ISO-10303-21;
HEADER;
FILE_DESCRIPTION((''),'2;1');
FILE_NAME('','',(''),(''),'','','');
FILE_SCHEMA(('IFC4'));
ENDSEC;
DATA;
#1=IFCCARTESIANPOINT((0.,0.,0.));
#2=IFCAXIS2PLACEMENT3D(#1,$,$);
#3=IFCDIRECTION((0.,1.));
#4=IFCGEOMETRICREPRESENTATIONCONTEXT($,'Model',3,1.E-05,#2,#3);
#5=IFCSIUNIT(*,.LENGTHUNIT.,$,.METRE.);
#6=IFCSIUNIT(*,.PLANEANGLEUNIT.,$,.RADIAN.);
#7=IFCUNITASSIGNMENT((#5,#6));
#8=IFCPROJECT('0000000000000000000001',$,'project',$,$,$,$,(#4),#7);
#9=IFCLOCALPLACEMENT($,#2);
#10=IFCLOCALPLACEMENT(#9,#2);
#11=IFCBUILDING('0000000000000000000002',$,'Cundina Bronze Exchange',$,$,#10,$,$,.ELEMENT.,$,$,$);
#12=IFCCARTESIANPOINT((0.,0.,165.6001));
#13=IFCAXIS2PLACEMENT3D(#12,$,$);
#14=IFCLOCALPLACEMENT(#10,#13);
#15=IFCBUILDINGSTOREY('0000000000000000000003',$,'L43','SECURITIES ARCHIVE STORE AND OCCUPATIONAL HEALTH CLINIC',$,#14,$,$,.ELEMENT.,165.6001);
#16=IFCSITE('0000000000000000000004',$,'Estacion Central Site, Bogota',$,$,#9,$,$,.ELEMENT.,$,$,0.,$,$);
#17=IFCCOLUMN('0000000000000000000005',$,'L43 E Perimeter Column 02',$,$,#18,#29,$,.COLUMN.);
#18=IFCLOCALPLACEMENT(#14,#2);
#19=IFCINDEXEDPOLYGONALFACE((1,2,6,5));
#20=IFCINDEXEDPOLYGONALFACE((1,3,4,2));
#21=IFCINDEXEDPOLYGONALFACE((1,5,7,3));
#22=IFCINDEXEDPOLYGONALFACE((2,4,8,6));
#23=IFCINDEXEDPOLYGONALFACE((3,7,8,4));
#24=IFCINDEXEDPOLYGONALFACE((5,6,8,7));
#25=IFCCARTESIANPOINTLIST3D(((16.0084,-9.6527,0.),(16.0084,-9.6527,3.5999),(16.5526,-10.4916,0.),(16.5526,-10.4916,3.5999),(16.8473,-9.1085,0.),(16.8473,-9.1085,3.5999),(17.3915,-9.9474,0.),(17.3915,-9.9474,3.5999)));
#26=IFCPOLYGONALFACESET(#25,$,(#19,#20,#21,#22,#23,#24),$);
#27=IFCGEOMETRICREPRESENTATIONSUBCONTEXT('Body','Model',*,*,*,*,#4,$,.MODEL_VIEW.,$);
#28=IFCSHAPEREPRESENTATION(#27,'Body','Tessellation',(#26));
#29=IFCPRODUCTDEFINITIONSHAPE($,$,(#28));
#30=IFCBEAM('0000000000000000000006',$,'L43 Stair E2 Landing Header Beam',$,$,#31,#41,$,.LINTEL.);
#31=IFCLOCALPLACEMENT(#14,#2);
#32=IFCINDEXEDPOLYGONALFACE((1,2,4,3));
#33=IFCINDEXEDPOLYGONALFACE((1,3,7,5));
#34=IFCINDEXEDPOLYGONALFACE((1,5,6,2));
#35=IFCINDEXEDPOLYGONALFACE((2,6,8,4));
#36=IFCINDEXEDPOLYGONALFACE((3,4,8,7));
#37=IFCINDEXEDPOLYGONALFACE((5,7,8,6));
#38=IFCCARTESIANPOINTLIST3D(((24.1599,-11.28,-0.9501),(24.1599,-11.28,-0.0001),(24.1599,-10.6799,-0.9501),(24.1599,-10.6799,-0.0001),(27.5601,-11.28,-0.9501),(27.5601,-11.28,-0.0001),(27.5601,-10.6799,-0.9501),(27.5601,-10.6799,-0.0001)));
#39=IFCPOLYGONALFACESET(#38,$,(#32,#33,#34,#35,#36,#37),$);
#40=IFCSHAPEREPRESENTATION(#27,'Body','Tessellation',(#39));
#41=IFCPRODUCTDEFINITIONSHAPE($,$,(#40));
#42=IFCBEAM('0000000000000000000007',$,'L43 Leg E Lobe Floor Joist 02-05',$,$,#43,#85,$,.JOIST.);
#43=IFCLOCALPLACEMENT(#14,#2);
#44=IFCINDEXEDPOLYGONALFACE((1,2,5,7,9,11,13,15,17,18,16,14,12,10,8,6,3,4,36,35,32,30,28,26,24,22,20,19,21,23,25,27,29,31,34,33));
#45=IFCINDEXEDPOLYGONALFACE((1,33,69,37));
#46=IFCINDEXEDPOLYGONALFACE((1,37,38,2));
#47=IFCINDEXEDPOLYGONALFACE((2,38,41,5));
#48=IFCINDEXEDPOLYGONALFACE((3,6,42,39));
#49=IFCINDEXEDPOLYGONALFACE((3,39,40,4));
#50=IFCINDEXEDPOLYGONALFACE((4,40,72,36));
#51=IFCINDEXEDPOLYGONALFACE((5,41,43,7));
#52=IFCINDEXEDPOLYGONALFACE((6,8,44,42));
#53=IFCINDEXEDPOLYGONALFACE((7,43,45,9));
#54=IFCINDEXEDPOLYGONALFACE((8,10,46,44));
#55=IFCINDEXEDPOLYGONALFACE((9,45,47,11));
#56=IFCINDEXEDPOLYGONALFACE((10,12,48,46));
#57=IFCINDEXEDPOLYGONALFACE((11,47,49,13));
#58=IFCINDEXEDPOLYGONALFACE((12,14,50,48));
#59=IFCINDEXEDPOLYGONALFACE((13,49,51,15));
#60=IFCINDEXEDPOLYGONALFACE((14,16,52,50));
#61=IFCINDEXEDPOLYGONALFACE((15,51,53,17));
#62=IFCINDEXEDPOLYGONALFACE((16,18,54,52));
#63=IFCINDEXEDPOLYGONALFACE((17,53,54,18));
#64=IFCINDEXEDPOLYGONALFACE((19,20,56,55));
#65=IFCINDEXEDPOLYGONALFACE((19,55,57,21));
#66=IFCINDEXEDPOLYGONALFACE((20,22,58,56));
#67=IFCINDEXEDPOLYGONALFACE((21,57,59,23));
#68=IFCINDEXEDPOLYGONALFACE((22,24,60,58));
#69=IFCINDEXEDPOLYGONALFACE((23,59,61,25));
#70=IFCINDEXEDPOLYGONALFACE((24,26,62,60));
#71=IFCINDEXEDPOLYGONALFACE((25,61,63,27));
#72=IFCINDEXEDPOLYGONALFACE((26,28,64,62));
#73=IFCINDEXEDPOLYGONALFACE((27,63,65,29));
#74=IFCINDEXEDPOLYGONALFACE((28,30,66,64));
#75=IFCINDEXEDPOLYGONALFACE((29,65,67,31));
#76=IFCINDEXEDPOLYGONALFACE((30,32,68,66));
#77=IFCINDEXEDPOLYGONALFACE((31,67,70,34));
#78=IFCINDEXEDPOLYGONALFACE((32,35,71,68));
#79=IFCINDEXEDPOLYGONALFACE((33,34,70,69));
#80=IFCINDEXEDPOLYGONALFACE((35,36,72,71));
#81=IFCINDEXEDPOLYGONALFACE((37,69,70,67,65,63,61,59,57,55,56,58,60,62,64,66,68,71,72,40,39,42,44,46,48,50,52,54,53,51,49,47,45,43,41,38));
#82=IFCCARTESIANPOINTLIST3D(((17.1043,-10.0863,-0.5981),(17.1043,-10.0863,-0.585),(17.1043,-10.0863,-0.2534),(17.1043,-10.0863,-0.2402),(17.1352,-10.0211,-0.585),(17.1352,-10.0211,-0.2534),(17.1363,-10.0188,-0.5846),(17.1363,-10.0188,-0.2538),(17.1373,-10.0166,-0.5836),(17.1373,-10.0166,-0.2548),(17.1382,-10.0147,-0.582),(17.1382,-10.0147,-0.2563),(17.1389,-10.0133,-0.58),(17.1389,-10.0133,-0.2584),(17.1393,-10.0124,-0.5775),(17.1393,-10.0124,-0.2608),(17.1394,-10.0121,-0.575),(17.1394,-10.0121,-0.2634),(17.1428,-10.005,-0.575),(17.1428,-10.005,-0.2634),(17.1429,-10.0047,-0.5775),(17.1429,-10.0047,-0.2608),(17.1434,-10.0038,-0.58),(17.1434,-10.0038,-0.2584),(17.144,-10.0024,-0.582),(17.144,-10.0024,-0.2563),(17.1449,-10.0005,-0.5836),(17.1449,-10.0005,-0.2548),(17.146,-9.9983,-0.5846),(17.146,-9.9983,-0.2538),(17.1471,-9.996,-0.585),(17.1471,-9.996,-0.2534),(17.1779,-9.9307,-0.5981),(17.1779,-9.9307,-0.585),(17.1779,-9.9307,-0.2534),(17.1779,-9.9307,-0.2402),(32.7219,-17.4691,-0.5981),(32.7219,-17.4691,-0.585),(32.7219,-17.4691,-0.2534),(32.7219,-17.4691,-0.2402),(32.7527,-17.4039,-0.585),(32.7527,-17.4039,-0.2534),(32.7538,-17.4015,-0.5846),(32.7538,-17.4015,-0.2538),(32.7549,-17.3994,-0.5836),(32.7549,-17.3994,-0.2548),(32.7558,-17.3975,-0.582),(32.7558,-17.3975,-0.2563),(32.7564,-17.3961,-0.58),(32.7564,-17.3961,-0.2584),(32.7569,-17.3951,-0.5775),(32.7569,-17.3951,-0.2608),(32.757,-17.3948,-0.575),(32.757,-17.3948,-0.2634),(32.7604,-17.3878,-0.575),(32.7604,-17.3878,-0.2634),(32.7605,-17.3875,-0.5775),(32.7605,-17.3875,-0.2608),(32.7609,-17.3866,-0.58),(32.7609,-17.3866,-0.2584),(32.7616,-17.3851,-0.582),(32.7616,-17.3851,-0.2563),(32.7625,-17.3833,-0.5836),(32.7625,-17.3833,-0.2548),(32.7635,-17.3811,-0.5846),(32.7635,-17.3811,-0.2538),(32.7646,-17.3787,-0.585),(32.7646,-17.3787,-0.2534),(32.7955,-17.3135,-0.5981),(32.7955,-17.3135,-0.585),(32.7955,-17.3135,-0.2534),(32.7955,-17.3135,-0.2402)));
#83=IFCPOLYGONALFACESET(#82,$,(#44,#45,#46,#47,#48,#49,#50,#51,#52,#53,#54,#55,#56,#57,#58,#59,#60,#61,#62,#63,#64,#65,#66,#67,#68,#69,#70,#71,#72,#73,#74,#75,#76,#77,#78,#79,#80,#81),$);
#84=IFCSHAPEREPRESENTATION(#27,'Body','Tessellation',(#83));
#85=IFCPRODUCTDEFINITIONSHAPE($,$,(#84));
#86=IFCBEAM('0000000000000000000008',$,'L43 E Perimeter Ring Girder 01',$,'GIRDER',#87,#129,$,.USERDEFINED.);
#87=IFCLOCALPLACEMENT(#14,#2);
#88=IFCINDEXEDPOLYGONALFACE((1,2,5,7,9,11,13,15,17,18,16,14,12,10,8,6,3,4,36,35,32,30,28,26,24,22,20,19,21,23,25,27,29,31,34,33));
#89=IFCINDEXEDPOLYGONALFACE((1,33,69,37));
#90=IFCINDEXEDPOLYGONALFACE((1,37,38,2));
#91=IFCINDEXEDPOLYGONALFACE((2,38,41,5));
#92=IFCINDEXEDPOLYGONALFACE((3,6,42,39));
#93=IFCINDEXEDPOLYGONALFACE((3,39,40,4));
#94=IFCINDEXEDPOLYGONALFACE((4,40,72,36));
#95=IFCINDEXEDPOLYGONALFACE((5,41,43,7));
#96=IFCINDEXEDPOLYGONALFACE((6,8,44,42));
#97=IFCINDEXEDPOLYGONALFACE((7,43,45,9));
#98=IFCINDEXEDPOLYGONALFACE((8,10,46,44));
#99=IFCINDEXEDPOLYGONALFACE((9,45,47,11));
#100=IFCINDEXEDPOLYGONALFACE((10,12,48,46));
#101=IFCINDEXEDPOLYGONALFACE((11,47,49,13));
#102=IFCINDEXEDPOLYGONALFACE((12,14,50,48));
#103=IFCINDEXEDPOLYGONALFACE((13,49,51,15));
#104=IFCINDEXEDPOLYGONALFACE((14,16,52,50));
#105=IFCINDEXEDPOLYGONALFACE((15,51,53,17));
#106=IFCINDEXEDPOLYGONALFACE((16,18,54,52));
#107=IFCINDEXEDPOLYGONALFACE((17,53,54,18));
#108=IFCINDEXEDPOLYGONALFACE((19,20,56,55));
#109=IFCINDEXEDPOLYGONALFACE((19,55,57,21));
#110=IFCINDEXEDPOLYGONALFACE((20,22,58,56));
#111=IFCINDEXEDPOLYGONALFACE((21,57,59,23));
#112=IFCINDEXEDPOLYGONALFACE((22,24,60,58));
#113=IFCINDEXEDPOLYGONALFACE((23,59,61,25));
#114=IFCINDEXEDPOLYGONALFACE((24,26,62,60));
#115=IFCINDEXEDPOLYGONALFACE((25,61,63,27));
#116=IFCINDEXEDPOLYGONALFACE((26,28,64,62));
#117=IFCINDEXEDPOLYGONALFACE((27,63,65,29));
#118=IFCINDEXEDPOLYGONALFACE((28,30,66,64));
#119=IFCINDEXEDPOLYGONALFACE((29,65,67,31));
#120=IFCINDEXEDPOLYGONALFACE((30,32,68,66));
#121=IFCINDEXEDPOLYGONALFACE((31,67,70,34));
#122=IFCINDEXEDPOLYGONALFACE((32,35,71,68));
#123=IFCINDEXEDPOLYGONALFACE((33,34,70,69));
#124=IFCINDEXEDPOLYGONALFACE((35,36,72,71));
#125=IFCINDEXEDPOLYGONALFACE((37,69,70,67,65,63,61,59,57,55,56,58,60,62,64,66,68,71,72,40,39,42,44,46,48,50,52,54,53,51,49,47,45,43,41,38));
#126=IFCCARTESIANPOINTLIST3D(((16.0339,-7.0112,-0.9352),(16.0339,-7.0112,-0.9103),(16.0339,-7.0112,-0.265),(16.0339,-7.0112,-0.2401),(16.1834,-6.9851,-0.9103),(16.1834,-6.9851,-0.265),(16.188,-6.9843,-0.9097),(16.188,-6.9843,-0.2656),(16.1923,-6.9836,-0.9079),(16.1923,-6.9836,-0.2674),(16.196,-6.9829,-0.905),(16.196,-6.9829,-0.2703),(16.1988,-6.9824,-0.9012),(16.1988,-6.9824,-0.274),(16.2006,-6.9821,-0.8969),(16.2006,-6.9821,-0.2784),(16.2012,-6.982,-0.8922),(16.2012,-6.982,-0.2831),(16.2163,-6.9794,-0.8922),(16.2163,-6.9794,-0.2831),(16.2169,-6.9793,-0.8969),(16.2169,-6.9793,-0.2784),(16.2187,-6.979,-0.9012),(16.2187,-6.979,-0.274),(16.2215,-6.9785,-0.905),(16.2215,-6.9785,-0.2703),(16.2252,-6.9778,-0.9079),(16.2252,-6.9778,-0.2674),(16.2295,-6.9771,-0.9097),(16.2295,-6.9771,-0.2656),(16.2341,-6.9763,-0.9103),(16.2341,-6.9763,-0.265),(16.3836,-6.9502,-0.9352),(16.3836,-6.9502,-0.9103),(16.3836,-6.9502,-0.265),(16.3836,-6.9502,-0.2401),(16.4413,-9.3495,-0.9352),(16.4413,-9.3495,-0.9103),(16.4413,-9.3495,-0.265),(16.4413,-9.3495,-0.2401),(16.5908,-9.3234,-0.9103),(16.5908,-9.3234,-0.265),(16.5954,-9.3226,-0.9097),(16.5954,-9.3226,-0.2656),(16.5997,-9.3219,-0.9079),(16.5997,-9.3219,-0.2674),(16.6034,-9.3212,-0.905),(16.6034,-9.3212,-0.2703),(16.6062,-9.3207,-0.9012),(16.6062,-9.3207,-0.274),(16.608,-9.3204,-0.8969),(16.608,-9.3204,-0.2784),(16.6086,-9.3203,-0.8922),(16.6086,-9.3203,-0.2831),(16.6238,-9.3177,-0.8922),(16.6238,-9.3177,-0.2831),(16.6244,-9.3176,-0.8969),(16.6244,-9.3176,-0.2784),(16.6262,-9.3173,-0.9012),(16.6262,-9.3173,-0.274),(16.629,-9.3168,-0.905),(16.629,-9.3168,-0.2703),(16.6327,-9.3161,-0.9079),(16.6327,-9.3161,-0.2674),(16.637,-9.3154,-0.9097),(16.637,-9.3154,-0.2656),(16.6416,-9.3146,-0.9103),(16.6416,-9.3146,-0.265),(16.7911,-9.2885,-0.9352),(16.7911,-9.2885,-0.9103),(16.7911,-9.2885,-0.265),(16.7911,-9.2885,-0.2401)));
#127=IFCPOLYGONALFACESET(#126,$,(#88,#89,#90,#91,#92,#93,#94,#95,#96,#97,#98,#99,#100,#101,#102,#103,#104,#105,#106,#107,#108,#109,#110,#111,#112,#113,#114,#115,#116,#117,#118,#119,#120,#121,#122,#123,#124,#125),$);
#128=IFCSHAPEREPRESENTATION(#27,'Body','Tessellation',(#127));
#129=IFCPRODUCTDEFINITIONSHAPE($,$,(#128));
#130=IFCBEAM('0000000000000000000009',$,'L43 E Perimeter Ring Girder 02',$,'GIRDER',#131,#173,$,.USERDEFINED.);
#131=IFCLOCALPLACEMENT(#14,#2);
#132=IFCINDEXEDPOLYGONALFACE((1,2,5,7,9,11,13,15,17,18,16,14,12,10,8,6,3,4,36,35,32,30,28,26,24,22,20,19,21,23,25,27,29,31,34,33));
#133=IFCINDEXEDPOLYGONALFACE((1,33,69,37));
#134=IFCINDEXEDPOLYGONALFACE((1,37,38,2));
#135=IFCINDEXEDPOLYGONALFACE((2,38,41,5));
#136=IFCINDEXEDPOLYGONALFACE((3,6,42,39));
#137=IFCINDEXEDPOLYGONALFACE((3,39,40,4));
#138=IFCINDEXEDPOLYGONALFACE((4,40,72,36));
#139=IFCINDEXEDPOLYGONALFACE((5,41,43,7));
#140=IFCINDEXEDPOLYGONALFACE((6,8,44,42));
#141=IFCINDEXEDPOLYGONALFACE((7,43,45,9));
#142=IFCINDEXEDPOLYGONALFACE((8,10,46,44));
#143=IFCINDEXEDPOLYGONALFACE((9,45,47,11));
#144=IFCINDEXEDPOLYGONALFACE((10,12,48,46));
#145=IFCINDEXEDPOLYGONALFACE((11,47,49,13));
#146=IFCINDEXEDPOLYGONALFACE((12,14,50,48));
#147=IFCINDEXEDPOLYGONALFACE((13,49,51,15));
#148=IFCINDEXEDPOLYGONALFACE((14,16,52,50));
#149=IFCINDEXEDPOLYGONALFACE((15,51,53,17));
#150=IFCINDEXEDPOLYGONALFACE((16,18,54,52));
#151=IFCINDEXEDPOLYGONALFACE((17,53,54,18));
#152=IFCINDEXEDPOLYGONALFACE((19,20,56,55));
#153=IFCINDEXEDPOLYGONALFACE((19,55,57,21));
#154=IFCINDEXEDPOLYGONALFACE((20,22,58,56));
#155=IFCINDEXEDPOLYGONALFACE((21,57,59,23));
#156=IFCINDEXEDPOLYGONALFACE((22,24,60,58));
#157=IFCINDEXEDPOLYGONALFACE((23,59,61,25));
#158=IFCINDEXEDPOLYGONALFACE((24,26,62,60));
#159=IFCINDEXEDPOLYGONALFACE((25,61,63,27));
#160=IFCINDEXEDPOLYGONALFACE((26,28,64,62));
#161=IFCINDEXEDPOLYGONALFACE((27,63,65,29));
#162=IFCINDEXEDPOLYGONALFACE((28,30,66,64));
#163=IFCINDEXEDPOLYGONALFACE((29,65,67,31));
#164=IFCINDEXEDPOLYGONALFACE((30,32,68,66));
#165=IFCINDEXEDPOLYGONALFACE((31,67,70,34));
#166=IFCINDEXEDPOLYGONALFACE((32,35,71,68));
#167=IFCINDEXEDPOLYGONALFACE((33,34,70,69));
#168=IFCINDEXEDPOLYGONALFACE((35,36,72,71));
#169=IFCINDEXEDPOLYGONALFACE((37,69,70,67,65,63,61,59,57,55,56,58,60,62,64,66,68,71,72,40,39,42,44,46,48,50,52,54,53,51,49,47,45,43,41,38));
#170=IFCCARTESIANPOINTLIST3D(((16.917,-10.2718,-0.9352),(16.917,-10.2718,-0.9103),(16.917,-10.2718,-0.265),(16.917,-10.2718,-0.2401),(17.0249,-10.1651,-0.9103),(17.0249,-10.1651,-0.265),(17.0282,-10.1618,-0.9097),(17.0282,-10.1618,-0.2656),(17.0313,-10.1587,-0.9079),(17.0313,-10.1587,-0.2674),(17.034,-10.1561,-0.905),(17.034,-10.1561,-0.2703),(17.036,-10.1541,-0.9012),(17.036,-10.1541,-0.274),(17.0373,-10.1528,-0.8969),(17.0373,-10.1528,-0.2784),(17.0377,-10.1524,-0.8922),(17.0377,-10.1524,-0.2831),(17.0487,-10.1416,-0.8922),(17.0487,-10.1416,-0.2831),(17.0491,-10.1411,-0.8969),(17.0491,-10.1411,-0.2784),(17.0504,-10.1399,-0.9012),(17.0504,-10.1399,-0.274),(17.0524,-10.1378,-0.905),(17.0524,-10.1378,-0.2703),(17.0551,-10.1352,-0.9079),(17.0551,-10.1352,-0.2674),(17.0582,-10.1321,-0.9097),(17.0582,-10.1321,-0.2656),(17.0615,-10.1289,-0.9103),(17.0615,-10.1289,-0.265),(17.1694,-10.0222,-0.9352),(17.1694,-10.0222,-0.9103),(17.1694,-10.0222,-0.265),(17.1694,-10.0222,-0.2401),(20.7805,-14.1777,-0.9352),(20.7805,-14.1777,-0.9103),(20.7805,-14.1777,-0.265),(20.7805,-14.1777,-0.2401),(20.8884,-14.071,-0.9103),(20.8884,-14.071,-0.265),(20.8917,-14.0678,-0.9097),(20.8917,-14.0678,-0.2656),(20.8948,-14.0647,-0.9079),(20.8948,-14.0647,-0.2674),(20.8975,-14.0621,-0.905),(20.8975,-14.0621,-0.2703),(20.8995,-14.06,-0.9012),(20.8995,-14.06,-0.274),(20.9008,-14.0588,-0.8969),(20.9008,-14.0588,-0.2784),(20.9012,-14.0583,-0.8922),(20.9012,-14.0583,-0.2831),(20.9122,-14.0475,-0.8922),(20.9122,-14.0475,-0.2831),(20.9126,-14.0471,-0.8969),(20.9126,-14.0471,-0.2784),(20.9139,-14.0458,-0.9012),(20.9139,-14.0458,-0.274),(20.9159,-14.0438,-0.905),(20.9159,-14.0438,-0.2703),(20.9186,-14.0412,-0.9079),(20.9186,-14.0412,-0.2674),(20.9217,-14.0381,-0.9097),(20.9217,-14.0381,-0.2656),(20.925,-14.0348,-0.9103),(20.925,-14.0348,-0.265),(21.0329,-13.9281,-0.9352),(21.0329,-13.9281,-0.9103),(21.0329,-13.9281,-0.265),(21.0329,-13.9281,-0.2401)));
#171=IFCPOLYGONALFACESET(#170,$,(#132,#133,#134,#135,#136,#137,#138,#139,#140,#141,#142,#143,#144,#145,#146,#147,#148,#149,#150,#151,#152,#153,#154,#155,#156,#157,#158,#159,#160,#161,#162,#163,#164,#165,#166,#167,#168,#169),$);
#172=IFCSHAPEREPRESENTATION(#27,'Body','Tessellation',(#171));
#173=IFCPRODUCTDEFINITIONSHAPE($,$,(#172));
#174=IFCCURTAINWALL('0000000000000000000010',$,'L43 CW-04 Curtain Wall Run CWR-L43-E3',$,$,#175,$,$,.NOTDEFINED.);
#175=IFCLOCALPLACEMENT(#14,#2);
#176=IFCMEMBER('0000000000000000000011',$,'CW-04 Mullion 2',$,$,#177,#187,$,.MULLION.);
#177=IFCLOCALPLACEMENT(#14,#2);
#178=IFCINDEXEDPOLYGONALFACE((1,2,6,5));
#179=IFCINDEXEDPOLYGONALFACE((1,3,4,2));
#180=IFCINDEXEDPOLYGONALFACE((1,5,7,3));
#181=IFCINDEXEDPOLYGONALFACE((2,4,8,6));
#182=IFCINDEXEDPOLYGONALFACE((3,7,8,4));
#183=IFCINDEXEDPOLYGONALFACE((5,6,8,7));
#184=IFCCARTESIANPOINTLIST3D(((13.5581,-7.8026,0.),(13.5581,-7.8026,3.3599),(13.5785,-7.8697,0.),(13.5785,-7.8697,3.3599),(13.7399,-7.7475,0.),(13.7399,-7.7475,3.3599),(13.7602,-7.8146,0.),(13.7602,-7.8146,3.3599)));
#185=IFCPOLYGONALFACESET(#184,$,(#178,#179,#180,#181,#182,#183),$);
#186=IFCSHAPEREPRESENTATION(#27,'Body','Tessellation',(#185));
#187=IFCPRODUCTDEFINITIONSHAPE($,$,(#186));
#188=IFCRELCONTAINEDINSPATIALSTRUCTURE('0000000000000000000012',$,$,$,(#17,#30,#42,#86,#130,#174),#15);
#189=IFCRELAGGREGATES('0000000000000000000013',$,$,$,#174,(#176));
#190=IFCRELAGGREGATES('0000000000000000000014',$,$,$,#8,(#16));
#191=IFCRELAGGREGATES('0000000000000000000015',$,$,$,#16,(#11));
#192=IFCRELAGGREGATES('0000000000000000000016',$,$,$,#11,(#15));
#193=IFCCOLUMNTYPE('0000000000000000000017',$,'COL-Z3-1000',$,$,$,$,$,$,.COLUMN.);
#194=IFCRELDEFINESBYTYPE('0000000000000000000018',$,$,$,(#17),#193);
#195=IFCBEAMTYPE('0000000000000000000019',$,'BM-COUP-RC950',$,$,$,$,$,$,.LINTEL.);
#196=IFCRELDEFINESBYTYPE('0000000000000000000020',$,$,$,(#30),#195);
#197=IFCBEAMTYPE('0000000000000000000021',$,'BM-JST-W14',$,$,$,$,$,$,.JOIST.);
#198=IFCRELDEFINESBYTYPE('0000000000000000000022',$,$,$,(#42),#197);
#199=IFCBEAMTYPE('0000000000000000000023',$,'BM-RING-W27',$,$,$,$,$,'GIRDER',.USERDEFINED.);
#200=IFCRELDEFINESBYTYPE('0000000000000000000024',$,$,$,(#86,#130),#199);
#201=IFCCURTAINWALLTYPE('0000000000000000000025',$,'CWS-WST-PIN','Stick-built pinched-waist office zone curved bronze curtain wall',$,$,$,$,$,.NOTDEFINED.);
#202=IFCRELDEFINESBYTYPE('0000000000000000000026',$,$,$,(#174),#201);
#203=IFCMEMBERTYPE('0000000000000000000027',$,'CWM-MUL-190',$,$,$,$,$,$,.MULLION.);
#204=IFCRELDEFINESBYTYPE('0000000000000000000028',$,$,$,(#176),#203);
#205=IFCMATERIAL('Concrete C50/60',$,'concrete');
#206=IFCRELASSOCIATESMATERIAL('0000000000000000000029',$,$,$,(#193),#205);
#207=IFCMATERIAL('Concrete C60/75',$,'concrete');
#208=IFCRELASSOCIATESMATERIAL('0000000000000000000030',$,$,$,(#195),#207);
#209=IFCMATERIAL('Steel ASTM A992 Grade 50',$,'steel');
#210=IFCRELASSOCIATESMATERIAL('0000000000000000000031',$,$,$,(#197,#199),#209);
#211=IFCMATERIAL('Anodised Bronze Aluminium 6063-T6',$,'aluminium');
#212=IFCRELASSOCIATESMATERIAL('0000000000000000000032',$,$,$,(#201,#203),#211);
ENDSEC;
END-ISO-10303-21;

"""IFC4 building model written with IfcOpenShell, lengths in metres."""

from ifc_helpers import new_model, si_unit, direction, frame, origin, origin_2d, place, context, subcontext, project, spatial, rectangle, i_section, extrude, material, material_profile, profile_set, type_object, element, aggregate, save


model = new_model("IFC4")

# Units and contexts
model_context = context("Model", 3, precision=1e-05, world=origin(), true_north=direction((0.0, 1.0)))
body_context = subcontext(model_context, "Body", "Model", "MODEL_VIEW")
ifc_project = project(units=[si_unit("LENGTHUNIT", "METRE"), si_unit("PLANEANGLEUNIT", "RADIAN")], contexts=[model_context])

# Site, building, storey
site_placement = place(None, origin())
site = spatial("IfcSite", under=ifc_project, at=site_placement, Name="Estacion Central Site, Bogota", CompositionType="ELEMENT", RefElevation=0.0)
building_placement = place(site_placement, origin())
building = spatial("IfcBuilding", under=site, at=building_placement, Name="Cundina Bronze Exchange", CompositionType="ELEMENT")
storey_placement = place(building_placement, frame((0.0, 0.0, 165.6001)))
storey = spatial("IfcBuildingStorey", under=building, at=storey_placement, Name="L43", Description="SECURITIES ARCHIVE STORE AND OCCUPATIONAL HEALTH CLINIC", CompositionType="ELEMENT", Elevation=165.6001)

# Column
ifc_material_1 = material(Name="Concrete C50/60", Category="concrete")
ifc_material_profile_1 = material_profile(ifc_material_1, rectangle(XDim=1.0, YDim=1.0, at=origin_2d()), Name="RC1000X1000", Category="concrete")
ifc_profile_set_1 = profile_set([ifc_material_profile_1], Name="Concrete C50/60")
column_type = type_object("IfcColumnType", Name="COL-Z3-1000", PredefinedType="COLUMN", material=ifc_profile_set_1)
column_placement = place(storey_placement, frame((16.7, -9.8, 0.0), z_axis=(0.0, 0.0, 1.0), x_axis=(0.5442, -0.838956, 0.0)))
element("IfcColumn", 1, at=column_placement, inside=storey, type_object=column_type, Name="L43 E Perimeter Column 02", PredefinedType="COLUMN", context=body_context, shape_type="SweptSolid", body=[
    extrude(rectangle(XDim=1.0, YDim=1.0, at=origin_2d()), origin(), (0.0, 0.0, 1.0), 3.5999),
])

# Beams
ifc_material_2 = material(Name="Concrete C60/75", Category="concrete")
ifc_material_profile_2 = material_profile(ifc_material_2, rectangle(XDim=0.6001, YDim=0.95, at=origin_2d()), Name="RC600X950", Category="concrete")
ifc_profile_set_2 = profile_set([ifc_material_profile_2], Name="Concrete C60/75")
beam_type_1 = type_object("IfcBeamType", Name="BM-COUP-RC950", PredefinedType="LINTEL", material=ifc_profile_set_2)
beam_1_placement = place(storey_placement, frame((24.1599, -10.98, -0.4751), z_axis=(1.0, 0.0, 0.0), x_axis=(0.0, 1.0, 0.0)))
element("IfcBeam", 2, at=beam_1_placement, inside=storey, type_object=beam_type_1, Name="L43 Stair E2 Landing Header Beam", PredefinedType="LINTEL", context=body_context, shape_type="SweptSolid", body=[
    extrude(rectangle(XDim=0.6001, YDim=0.95, at=origin_2d()), origin(), (0.0, 0.0, 1.0), 3.4001),
])
ifc_material_3 = material(Name="Steel ASTM A992 Grade 50", Category="steel")
ifc_material_profile_3 = material_profile(ifc_material_3, i_section(OverallWidth=0.1721, OverallDepth=0.3579, WebThickness=0.0078, FlangeThickness=0.0132, FilletRadius=0.01, at=origin_2d()), Name="W14X38", Category="steel")
ifc_profile_set_3 = profile_set([ifc_material_profile_3], Name="Steel ASTM A992 Grade 50")
beam_type_2 = type_object("IfcBeamType", Name="BM-JST-W14", PredefinedType="JOIST", material=ifc_profile_set_3)
beam_2_placement = place(storey_placement, frame((17.1411, -10.0085, -0.4192), z_axis=(0.904074, -0.427375, 0.0), x_axis=(0.427375, 0.904074, 0.0)))
element("IfcBeam", 3, at=beam_2_placement, inside=storey, type_object=beam_type_2, Name="L43 Leg E Lobe Floor Joist 02-05", PredefinedType="JOIST", context=body_context, shape_type="SweptSolid", body=[
    extrude(i_section(OverallWidth=0.1721, OverallDepth=0.3579, WebThickness=0.0078, FlangeThickness=0.0132, FilletRadius=0.01, at=origin_2d()), origin(), (0.0, 0.0, 1.0), 17.2747),
])
ifc_material_profile_4 = material_profile(ifc_material_3, i_section(OverallWidth=0.355, OverallDepth=0.6951, WebThickness=0.0154, FlangeThickness=0.0249, FilletRadius=0.0181, at=origin_2d()), Name="W27X146", Category="steel")
ifc_profile_set_4 = profile_set([ifc_material_profile_4], Name="Steel ASTM A992 Grade 50")
beam_type_3 = type_object("IfcBeamType", Name="BM-RING-W27", ElementType="GIRDER", PredefinedType="USERDEFINED", material=ifc_profile_set_4)
beam_3_placement = place(storey_placement, frame((16.2087, -6.9807, -0.5876), z_axis=(0.171667, -0.985155, 0.0), x_axis=(0.985155, 0.171667, 0.0)))
element("IfcBeam", 4, at=beam_3_placement, inside=storey, type_object=beam_type_3, Name="L43 E Perimeter Ring Girder 01", ObjectType="GIRDER", PredefinedType="USERDEFINED", context=body_context, shape_type="SweptSolid", body=[
    extrude(i_section(OverallWidth=0.355, OverallDepth=0.6951, WebThickness=0.0154, FlangeThickness=0.0249, FilletRadius=0.0181, at=origin_2d()), origin(), (0.0, 0.0, 1.0), 2.3735),
])
beam_4_placement = place(storey_placement, frame((17.0432, -10.147, -0.5876), z_axis=(0.70323, -0.710962, 0.0), x_axis=(0.710962, 0.70323, 0.0)))
element("IfcBeam", 5, at=beam_4_placement, inside=storey, type_object=beam_type_3, Name="L43 E Perimeter Ring Girder 02", ObjectType="GIRDER", PredefinedType="USERDEFINED", context=body_context, shape_type="SweptSolid", body=[
    extrude(i_section(OverallWidth=0.355, OverallDepth=0.6951, WebThickness=0.0154, FlangeThickness=0.0249, FilletRadius=0.0181, at=origin_2d()), origin(), (0.0, 0.0, 1.0), 5.4939),
])

# Curtain wall, member
ifc_material_4 = material(Name="Anodised Bronze Aluminium 6063-T6", Category="aluminium")
curtain_wall_type = type_object("IfcCurtainWallType", Name="CWS-WST-PIN", Description="Stick-built pinched-waist office zone curved bronze curtain wall", PredefinedType="NOTDEFINED", material=ifc_material_4)
curtain_wall_placement = place(storey_placement, origin())
curtain_wall = element("IfcCurtainWall", 6, at=curtain_wall_placement, inside=storey, type_object=curtain_wall_type, Name="L43 CW-04 Curtain Wall Run CWR-L43-E3", PredefinedType="NOTDEFINED")
ifc_material_profile_5 = material_profile(ifc_material_4, rectangle(XDim=0.0701, YDim=0.1899, at=origin_2d()), Name="AL70X190", Category="aluminium")
ifc_profile_set_5 = profile_set([ifc_material_profile_5], Name="Anodised Bronze Aluminium 6063-T6")
member_type_1 = type_object("IfcMemberType", Name="CWM-MUL-190", PredefinedType="MULLION", material=ifc_profile_set_5)
member_1_placement = place(storey_placement, frame((13.6592, -7.8086, 0.0), z_axis=(0.0, 0.0, 1.0), x_axis=(0.290034, -0.957016, 0.0)))
member_1 = element("IfcMember", 7, at=member_1_placement, type_object=member_type_1, Name="CW-04 Mullion 2", PredefinedType="MULLION", context=body_context, shape_type="SweptSolid", body=[
    extrude(rectangle(XDim=0.0701, YDim=0.1899, at=origin_2d()), origin(), (0.0, 0.0, 1.0), 3.3599),
])
aggregate(curtain_wall, [member_1])

save(model, "model.ifc")
